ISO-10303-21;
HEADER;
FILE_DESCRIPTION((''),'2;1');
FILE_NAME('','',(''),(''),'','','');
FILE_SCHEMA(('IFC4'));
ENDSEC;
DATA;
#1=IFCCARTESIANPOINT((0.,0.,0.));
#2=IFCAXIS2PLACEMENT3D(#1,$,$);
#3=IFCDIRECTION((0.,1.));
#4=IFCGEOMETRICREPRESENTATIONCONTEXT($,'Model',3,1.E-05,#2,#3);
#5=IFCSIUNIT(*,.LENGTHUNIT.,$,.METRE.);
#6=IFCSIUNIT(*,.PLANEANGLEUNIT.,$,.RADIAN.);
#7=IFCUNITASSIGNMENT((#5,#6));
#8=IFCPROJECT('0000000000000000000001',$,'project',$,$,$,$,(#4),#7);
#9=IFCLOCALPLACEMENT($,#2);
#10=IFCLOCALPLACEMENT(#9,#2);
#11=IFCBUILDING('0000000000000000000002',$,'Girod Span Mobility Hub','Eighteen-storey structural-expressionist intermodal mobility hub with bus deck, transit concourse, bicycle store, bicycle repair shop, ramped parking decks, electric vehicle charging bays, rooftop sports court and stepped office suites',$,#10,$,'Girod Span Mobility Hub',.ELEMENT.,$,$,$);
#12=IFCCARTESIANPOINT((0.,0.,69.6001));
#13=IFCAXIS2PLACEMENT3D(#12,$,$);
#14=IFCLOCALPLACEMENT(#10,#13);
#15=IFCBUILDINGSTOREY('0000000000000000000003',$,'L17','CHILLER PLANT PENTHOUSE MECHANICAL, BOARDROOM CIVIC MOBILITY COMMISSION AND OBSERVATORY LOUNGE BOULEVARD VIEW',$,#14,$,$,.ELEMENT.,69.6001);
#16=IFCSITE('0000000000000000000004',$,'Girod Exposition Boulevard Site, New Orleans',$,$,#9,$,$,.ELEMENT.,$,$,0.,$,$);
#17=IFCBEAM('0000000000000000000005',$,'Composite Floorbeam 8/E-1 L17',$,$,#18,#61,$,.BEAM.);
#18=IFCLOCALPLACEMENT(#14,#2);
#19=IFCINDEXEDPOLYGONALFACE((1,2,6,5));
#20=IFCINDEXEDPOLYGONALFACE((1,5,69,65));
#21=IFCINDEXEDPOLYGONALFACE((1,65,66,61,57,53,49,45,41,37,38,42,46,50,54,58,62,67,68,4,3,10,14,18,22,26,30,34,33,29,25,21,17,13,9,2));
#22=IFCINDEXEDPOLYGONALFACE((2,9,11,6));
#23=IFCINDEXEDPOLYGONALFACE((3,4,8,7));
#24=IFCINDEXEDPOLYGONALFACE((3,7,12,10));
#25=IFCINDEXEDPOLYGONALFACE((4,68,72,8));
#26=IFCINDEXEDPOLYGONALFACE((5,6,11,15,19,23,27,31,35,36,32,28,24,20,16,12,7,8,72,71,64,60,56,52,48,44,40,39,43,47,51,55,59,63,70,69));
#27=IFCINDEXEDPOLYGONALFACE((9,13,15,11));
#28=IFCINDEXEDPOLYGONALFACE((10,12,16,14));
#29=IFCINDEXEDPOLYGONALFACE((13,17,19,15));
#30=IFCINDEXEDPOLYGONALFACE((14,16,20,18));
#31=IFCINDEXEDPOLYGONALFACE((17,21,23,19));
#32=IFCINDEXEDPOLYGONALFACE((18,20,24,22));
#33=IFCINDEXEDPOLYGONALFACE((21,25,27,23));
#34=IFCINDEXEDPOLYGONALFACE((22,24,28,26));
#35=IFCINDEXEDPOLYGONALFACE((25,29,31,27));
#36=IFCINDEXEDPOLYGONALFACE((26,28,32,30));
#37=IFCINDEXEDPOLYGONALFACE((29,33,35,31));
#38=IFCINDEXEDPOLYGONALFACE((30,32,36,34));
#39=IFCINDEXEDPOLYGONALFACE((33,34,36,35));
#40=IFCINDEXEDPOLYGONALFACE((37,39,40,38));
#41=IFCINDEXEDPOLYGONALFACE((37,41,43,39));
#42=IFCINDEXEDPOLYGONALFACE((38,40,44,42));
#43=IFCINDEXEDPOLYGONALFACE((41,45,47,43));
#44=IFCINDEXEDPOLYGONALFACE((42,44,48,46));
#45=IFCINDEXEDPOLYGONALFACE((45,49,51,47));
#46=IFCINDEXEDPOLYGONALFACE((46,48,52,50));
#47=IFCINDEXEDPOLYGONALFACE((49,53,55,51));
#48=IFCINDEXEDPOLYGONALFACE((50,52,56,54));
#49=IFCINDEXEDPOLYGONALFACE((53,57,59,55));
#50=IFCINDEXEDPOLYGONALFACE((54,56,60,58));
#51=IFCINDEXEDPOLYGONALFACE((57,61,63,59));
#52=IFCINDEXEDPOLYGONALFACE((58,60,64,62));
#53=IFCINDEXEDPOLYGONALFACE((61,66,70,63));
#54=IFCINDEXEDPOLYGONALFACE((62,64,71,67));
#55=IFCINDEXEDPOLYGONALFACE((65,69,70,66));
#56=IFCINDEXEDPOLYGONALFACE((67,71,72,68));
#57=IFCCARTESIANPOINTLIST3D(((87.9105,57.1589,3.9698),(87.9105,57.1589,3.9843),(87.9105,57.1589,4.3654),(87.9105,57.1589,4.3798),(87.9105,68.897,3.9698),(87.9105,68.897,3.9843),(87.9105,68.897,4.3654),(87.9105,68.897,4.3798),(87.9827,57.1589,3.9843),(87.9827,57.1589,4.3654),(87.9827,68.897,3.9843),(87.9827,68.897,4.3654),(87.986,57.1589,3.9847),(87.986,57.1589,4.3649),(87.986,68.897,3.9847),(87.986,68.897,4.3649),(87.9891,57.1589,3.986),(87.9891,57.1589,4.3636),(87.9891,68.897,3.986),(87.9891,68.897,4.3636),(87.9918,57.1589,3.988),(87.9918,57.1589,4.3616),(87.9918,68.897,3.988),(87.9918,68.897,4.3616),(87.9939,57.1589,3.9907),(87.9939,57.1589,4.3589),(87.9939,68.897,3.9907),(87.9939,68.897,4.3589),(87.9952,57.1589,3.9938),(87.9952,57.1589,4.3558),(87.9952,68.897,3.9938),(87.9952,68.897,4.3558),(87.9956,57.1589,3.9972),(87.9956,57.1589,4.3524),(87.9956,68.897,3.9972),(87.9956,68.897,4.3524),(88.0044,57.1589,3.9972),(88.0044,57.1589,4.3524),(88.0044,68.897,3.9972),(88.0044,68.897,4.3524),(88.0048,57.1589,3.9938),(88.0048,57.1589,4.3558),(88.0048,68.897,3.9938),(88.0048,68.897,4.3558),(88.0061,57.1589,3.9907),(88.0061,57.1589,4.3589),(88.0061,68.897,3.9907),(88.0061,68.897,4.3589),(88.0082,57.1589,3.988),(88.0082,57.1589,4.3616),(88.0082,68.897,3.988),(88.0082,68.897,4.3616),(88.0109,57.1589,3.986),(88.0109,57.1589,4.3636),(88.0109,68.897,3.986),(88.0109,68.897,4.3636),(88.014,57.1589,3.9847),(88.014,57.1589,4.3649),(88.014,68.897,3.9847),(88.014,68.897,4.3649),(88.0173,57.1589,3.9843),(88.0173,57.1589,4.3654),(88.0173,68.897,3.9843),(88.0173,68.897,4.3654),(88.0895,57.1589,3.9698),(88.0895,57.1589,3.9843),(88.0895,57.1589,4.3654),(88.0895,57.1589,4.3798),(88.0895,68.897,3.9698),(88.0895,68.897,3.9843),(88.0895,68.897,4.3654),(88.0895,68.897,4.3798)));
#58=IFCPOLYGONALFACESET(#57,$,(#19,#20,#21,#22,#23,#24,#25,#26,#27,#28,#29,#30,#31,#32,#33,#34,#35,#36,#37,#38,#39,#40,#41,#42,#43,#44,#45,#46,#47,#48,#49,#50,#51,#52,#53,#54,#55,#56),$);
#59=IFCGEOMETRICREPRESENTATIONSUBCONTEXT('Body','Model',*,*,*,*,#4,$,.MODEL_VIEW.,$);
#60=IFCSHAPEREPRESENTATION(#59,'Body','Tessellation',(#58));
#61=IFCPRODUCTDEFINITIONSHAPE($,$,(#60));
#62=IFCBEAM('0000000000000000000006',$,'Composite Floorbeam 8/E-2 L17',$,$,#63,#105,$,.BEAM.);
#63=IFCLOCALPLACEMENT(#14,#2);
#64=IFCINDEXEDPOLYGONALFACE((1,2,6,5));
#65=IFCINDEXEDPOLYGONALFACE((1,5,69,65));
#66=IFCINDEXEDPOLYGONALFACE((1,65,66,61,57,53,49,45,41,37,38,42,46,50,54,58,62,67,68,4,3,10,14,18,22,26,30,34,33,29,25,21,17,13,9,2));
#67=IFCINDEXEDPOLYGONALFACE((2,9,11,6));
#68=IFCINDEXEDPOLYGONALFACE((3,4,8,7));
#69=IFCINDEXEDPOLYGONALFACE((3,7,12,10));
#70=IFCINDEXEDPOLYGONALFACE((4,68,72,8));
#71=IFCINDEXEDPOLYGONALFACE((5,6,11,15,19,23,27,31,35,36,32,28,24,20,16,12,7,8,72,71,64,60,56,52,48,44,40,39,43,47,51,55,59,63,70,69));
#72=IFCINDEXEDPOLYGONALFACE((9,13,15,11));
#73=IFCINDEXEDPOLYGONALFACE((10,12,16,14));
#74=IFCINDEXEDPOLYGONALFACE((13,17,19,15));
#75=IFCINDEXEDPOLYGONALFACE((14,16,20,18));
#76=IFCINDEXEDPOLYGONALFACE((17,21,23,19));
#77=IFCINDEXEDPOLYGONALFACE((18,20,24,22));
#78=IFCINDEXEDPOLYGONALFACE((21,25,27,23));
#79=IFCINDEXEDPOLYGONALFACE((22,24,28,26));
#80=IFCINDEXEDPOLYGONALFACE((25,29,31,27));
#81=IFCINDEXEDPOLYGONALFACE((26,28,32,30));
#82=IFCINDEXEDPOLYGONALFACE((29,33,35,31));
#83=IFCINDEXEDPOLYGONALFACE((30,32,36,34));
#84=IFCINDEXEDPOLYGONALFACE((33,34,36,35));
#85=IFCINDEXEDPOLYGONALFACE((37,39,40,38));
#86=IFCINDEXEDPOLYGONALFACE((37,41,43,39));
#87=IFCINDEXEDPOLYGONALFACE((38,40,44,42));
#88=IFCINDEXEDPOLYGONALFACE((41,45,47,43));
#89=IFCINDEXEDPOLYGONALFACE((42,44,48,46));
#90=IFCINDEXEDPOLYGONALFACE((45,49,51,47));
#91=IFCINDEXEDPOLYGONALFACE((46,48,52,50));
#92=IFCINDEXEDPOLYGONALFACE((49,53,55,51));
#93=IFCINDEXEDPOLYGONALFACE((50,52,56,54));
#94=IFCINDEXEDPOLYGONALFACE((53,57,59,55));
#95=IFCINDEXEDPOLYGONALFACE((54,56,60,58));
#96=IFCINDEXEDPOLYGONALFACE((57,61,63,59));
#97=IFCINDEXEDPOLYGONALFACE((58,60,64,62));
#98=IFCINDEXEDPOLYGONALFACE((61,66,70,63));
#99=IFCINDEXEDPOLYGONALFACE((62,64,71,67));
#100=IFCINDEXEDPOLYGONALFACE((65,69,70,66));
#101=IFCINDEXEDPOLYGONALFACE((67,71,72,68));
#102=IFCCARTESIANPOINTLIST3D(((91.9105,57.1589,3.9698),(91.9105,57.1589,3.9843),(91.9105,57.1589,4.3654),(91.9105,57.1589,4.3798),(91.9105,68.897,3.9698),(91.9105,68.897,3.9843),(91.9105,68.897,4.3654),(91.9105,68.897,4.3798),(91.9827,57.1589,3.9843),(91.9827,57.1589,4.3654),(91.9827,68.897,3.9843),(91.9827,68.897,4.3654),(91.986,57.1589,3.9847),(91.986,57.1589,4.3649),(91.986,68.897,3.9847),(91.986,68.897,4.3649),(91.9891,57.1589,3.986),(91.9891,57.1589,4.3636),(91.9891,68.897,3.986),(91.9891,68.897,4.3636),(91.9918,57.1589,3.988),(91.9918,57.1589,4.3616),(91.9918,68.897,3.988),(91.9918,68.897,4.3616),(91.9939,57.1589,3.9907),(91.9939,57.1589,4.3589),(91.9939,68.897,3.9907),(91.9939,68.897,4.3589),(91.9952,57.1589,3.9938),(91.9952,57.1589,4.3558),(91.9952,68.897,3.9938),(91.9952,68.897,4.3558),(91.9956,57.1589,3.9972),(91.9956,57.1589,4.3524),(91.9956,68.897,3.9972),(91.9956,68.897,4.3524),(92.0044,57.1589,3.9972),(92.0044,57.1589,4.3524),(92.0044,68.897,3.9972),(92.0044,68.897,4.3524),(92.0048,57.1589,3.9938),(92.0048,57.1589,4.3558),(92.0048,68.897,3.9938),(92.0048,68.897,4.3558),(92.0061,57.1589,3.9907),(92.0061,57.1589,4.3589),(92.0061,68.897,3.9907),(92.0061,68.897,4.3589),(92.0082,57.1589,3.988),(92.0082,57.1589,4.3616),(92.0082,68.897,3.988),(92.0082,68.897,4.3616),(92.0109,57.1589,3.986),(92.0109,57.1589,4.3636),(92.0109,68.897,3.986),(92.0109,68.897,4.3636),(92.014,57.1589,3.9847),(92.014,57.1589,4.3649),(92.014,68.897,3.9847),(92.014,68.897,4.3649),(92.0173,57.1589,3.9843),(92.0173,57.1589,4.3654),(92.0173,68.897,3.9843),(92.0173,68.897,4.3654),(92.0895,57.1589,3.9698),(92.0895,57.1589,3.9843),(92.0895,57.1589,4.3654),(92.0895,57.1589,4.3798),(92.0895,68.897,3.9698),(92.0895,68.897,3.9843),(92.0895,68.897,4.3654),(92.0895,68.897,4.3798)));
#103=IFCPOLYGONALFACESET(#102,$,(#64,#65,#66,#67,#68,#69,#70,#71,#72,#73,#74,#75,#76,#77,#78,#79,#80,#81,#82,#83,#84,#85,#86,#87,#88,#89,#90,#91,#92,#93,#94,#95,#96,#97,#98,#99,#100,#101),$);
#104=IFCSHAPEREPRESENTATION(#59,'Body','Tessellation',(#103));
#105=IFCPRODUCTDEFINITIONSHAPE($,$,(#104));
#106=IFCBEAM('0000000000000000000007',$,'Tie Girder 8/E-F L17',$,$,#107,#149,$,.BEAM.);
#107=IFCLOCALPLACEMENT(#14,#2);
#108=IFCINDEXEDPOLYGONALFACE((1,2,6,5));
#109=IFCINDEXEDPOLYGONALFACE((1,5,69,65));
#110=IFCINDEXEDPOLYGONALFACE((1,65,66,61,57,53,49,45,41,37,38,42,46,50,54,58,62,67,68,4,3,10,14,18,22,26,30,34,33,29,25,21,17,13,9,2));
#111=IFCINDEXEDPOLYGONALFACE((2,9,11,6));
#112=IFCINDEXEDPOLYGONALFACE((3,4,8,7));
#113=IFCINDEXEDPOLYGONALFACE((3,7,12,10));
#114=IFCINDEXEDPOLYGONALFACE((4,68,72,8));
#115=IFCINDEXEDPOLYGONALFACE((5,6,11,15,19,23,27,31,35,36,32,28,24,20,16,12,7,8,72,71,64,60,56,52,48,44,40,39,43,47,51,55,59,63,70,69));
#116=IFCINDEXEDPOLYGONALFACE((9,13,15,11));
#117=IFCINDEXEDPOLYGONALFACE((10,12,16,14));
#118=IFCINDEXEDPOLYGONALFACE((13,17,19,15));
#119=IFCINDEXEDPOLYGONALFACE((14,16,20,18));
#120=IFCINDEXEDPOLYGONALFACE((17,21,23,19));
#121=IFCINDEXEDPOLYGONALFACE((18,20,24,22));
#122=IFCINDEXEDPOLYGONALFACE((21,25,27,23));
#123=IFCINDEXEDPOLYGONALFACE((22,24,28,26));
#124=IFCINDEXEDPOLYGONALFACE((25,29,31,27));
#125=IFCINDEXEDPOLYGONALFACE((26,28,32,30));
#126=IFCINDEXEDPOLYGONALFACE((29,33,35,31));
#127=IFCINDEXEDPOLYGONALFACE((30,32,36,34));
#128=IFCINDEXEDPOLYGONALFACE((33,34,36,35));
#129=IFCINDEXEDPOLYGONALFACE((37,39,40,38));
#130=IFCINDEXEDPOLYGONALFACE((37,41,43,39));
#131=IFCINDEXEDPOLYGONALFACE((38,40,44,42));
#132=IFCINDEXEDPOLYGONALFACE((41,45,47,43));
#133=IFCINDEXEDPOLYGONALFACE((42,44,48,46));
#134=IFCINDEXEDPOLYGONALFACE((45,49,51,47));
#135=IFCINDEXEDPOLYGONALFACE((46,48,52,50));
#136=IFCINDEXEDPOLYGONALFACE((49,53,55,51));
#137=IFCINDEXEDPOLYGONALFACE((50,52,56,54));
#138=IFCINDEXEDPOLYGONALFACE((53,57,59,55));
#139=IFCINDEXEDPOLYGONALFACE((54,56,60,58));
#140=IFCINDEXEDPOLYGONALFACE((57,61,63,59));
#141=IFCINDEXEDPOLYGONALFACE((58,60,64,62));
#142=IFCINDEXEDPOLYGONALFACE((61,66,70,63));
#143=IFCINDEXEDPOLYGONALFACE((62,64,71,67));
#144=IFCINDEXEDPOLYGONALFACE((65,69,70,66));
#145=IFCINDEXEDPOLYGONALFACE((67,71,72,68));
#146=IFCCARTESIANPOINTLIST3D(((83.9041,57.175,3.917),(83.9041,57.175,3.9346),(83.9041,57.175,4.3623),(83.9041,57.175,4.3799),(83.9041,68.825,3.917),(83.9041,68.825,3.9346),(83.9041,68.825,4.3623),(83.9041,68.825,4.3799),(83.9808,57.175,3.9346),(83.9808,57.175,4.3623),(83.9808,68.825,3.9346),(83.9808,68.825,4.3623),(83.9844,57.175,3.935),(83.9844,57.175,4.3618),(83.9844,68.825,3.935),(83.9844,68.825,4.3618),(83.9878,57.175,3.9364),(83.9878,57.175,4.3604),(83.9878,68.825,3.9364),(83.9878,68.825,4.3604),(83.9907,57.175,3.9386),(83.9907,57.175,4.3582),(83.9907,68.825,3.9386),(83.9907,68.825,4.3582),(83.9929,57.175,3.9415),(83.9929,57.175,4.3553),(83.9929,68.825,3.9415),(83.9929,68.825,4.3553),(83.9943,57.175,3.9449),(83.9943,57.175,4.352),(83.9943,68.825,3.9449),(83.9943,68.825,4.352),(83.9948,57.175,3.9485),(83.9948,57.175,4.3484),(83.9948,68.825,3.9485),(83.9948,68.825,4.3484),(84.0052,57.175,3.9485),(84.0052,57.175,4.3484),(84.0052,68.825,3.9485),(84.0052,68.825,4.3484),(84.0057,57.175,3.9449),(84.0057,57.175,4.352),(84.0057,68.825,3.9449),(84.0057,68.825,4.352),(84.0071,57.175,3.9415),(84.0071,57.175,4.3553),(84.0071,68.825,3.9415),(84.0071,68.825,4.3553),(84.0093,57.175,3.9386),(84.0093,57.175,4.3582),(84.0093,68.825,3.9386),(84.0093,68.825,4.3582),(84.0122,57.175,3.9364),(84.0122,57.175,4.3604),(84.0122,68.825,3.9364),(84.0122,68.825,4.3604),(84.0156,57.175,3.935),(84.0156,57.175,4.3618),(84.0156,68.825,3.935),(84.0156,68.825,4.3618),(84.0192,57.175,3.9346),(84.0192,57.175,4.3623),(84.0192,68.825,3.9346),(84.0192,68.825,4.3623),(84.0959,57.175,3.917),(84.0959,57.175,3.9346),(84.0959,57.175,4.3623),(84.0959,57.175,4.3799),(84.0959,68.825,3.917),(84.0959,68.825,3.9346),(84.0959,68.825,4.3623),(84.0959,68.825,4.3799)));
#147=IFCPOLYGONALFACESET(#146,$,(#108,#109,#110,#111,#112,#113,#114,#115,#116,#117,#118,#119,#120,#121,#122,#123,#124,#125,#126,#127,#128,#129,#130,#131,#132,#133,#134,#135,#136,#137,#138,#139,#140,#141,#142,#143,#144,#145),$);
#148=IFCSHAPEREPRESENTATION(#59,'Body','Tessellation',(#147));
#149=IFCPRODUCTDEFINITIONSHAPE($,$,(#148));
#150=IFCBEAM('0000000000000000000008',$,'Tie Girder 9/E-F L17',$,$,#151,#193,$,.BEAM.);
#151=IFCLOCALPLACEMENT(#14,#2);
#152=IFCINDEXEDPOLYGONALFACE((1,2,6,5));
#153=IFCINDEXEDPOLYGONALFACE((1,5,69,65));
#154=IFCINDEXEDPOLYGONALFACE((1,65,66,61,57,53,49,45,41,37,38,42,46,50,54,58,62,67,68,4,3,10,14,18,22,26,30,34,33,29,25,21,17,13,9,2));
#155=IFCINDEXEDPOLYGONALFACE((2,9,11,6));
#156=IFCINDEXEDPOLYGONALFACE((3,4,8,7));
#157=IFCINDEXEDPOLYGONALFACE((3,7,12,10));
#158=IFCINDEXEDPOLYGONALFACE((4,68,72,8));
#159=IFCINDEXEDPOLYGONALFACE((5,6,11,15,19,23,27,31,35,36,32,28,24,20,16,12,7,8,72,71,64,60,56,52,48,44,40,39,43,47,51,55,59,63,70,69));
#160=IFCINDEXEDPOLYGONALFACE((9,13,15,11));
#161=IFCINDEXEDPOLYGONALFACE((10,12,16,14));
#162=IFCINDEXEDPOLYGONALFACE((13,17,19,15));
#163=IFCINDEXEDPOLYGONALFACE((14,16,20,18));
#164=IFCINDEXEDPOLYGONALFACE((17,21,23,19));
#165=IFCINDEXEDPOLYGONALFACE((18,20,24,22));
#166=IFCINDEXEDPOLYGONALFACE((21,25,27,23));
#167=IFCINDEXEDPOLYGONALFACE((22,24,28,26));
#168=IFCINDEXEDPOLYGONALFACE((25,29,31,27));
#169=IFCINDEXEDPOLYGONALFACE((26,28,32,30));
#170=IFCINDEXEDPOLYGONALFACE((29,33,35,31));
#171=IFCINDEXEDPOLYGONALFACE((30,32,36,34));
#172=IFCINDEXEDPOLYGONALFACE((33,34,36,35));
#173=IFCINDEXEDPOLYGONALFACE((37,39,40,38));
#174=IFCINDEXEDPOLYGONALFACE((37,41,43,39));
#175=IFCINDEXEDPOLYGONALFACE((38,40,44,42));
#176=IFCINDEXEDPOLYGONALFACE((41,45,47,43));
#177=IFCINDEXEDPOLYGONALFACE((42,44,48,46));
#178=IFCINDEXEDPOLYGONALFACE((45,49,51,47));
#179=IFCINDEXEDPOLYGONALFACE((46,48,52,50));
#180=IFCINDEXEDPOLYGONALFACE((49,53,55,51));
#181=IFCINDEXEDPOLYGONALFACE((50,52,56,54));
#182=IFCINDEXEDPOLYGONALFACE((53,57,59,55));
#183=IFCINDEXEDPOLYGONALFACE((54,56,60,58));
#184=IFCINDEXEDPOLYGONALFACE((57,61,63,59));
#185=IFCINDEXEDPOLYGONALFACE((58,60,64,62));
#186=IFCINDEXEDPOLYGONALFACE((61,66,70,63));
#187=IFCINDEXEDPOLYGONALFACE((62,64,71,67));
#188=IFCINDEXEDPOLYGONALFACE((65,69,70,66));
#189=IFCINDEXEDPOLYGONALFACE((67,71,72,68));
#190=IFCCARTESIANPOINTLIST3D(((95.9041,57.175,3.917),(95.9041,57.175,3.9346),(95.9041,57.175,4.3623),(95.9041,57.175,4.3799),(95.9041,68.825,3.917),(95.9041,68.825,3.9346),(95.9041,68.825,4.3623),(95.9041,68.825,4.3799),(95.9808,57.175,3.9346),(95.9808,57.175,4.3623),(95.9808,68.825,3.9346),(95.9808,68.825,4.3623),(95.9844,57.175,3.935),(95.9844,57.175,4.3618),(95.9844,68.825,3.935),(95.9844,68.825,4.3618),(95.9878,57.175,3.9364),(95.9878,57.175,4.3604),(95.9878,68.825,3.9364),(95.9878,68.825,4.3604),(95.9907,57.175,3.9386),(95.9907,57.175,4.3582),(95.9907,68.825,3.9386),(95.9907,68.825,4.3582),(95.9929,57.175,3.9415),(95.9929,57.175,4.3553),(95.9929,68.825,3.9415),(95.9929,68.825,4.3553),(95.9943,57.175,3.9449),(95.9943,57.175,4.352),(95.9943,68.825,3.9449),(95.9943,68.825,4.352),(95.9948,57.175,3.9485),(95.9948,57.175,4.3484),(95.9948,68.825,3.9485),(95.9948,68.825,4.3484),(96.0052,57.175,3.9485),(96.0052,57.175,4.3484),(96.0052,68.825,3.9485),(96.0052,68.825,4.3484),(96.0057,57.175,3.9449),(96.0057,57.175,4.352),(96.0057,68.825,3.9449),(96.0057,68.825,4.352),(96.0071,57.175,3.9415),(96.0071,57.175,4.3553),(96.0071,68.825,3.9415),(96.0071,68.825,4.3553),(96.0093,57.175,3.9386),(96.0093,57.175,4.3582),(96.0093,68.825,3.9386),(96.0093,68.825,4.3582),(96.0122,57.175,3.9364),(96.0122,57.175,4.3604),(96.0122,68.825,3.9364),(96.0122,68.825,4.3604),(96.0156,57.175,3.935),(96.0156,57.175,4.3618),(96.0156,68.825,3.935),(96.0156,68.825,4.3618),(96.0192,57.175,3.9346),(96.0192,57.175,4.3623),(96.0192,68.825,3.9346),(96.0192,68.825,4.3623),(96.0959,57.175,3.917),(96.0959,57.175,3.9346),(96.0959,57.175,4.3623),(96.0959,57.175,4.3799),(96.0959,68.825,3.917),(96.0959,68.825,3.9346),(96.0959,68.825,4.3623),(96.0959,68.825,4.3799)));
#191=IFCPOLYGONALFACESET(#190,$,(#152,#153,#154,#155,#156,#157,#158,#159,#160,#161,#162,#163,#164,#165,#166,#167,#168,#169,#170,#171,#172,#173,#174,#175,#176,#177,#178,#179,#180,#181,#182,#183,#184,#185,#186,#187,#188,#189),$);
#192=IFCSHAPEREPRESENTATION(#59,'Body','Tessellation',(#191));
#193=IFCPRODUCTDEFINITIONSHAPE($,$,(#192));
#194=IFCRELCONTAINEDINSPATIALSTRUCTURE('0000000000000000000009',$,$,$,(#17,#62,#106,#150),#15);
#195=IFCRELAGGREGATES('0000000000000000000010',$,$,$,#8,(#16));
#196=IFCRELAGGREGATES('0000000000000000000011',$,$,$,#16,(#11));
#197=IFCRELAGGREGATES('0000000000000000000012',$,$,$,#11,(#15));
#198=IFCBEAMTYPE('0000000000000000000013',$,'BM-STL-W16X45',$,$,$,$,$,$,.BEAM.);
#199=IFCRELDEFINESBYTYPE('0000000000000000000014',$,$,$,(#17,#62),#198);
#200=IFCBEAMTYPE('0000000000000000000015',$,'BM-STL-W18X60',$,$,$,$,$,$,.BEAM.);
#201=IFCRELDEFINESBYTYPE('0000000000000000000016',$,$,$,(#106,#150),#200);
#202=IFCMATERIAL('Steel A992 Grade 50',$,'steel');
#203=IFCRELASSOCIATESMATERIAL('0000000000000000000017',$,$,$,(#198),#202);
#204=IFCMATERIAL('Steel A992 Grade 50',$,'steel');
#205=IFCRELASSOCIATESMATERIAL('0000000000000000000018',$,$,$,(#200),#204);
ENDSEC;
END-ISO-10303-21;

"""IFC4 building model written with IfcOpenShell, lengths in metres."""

from ifc_helpers import new_model, si_unit, direction, frame, origin, origin_2d, place, context, subcontext, project, spatial, i_section, extrude, material, material_profile, profile_set, type_object, element, save


model = new_model("IFC4")

# Units and contexts
model_context = context("Model", 3, precision=1e-05, world=origin(), true_north=direction((0.0, 1.0)))
body_context = subcontext(model_context, "Body", "Model", "MODEL_VIEW")
ifc_project = project(units=[si_unit("LENGTHUNIT", "METRE"), si_unit("PLANEANGLEUNIT", "RADIAN")], contexts=[model_context])

# Site, building, storey
site_placement = place(None, origin())
site = spatial("IfcSite", under=ifc_project, at=site_placement, Name="Girod Exposition Boulevard Site, New Orleans", CompositionType="ELEMENT", RefElevation=0.0)
building_placement = place(site_placement, origin())
building = spatial("IfcBuilding", under=site, at=building_placement, Name="Girod Span Mobility Hub", Description="Eighteen-storey structural-expressionist intermodal mobility hub with bus deck, transit concourse, bicycle store, bicycle repair shop, ramped parking decks, electric vehicle charging bays, rooftop sports court and stepped office suites", LongName="Girod Span Mobility Hub", CompositionType="ELEMENT")
storey_placement = place(building_placement, frame((0.0, 0.0, 69.6001)))
storey = spatial("IfcBuildingStorey", under=building, at=storey_placement, Name="L17", Description="CHILLER PLANT PENTHOUSE MECHANICAL, BOARDROOM CIVIC MOBILITY COMMISSION AND OBSERVATORY LOUNGE BOULEVARD VIEW", CompositionType="ELEMENT", Elevation=69.6001)

# Beams
ifc_material_1 = material(Name="Steel A992 Grade 50", Category="steel")
ifc_material_profile_1 = material_profile(ifc_material_1, i_section(OverallWidth=0.179, OverallDepth=0.4099, WebThickness=0.0088, FlangeThickness=0.0144, FilletRadius=0.0129, at=origin_2d()), Name="W16X45")
ifc_profile_set_1 = profile_set([ifc_material_profile_1], Name="Steel A992 Grade 50")
beam_type_1 = type_object("IfcBeamType", Name="BM-STL-W16X45", PredefinedType="BEAM", material=ifc_profile_set_1)
for number, where, z_axis, x_axis, name in (
    (1, (88.0, 57.1589, 4.1748), (0.0, 1.0, 0.0), (-1.0, 0.0, 0.0), "Composite Floorbeam 8/E-1 L17"),
    (2, (92.0, 57.1589, 4.1748), (0.0, 1.0, 0.0), (-1.0, 0.0, 0.0), "Composite Floorbeam 8/E-2 L17"),
):
    element("IfcBeam", number, at=place(storey_placement, frame(where, z_axis=z_axis, x_axis=x_axis)), inside=storey, type_object=beam_type_1, Name=name, PredefinedType="BEAM", context=body_context, shape_type="SweptSolid", body=[
        extrude(i_section(OverallWidth=0.179, OverallDepth=0.4099, WebThickness=0.0088, FlangeThickness=0.0144, FilletRadius=0.0129, at=origin_2d()), origin(), (0.0, 0.0, 1.0), 11.738),
    ])
ifc_material_2 = material(Name="Steel A992 Grade 50", Category="steel")
ifc_material_profile_2 = material_profile(ifc_material_2, i_section(OverallWidth=0.1919, OverallDepth=0.4629, WebThickness=0.0105, FlangeThickness=0.0176, FilletRadius=0.0139, at=origin_2d()), Name="W18X60")
ifc_profile_set_2 = profile_set([ifc_material_profile_2], Name="Steel A992 Grade 50")
beam_type_2 = type_object("IfcBeamType", Name="BM-STL-W18X60", PredefinedType="BEAM", material=ifc_profile_set_2)
for number, where, z_axis, x_axis, name in (
    (3, (84.0, 57.175, 4.1484), (0.0, 1.0, 0.0), (-1.0, 0.0, 0.0), "Tie Girder 8/E-F L17"),
    (4, (96.0, 57.175, 4.1484), (0.0, 1.0, 0.0), (-1.0, 0.0, 0.0), "Tie Girder 9/E-F L17"),
):
    element("IfcBeam", number, at=place(storey_placement, frame(where, z_axis=z_axis, x_axis=x_axis)), inside=storey, type_object=beam_type_2, Name=name, PredefinedType="BEAM", context=body_context, shape_type="SweptSolid", body=[
        extrude(i_section(OverallWidth=0.1919, OverallDepth=0.4629, WebThickness=0.0105, FlangeThickness=0.0176, FilletRadius=0.0139, at=origin_2d()), origin(), (0.0, 0.0, 1.0), 11.6499),
    ])

save(model, "model.ifc")
